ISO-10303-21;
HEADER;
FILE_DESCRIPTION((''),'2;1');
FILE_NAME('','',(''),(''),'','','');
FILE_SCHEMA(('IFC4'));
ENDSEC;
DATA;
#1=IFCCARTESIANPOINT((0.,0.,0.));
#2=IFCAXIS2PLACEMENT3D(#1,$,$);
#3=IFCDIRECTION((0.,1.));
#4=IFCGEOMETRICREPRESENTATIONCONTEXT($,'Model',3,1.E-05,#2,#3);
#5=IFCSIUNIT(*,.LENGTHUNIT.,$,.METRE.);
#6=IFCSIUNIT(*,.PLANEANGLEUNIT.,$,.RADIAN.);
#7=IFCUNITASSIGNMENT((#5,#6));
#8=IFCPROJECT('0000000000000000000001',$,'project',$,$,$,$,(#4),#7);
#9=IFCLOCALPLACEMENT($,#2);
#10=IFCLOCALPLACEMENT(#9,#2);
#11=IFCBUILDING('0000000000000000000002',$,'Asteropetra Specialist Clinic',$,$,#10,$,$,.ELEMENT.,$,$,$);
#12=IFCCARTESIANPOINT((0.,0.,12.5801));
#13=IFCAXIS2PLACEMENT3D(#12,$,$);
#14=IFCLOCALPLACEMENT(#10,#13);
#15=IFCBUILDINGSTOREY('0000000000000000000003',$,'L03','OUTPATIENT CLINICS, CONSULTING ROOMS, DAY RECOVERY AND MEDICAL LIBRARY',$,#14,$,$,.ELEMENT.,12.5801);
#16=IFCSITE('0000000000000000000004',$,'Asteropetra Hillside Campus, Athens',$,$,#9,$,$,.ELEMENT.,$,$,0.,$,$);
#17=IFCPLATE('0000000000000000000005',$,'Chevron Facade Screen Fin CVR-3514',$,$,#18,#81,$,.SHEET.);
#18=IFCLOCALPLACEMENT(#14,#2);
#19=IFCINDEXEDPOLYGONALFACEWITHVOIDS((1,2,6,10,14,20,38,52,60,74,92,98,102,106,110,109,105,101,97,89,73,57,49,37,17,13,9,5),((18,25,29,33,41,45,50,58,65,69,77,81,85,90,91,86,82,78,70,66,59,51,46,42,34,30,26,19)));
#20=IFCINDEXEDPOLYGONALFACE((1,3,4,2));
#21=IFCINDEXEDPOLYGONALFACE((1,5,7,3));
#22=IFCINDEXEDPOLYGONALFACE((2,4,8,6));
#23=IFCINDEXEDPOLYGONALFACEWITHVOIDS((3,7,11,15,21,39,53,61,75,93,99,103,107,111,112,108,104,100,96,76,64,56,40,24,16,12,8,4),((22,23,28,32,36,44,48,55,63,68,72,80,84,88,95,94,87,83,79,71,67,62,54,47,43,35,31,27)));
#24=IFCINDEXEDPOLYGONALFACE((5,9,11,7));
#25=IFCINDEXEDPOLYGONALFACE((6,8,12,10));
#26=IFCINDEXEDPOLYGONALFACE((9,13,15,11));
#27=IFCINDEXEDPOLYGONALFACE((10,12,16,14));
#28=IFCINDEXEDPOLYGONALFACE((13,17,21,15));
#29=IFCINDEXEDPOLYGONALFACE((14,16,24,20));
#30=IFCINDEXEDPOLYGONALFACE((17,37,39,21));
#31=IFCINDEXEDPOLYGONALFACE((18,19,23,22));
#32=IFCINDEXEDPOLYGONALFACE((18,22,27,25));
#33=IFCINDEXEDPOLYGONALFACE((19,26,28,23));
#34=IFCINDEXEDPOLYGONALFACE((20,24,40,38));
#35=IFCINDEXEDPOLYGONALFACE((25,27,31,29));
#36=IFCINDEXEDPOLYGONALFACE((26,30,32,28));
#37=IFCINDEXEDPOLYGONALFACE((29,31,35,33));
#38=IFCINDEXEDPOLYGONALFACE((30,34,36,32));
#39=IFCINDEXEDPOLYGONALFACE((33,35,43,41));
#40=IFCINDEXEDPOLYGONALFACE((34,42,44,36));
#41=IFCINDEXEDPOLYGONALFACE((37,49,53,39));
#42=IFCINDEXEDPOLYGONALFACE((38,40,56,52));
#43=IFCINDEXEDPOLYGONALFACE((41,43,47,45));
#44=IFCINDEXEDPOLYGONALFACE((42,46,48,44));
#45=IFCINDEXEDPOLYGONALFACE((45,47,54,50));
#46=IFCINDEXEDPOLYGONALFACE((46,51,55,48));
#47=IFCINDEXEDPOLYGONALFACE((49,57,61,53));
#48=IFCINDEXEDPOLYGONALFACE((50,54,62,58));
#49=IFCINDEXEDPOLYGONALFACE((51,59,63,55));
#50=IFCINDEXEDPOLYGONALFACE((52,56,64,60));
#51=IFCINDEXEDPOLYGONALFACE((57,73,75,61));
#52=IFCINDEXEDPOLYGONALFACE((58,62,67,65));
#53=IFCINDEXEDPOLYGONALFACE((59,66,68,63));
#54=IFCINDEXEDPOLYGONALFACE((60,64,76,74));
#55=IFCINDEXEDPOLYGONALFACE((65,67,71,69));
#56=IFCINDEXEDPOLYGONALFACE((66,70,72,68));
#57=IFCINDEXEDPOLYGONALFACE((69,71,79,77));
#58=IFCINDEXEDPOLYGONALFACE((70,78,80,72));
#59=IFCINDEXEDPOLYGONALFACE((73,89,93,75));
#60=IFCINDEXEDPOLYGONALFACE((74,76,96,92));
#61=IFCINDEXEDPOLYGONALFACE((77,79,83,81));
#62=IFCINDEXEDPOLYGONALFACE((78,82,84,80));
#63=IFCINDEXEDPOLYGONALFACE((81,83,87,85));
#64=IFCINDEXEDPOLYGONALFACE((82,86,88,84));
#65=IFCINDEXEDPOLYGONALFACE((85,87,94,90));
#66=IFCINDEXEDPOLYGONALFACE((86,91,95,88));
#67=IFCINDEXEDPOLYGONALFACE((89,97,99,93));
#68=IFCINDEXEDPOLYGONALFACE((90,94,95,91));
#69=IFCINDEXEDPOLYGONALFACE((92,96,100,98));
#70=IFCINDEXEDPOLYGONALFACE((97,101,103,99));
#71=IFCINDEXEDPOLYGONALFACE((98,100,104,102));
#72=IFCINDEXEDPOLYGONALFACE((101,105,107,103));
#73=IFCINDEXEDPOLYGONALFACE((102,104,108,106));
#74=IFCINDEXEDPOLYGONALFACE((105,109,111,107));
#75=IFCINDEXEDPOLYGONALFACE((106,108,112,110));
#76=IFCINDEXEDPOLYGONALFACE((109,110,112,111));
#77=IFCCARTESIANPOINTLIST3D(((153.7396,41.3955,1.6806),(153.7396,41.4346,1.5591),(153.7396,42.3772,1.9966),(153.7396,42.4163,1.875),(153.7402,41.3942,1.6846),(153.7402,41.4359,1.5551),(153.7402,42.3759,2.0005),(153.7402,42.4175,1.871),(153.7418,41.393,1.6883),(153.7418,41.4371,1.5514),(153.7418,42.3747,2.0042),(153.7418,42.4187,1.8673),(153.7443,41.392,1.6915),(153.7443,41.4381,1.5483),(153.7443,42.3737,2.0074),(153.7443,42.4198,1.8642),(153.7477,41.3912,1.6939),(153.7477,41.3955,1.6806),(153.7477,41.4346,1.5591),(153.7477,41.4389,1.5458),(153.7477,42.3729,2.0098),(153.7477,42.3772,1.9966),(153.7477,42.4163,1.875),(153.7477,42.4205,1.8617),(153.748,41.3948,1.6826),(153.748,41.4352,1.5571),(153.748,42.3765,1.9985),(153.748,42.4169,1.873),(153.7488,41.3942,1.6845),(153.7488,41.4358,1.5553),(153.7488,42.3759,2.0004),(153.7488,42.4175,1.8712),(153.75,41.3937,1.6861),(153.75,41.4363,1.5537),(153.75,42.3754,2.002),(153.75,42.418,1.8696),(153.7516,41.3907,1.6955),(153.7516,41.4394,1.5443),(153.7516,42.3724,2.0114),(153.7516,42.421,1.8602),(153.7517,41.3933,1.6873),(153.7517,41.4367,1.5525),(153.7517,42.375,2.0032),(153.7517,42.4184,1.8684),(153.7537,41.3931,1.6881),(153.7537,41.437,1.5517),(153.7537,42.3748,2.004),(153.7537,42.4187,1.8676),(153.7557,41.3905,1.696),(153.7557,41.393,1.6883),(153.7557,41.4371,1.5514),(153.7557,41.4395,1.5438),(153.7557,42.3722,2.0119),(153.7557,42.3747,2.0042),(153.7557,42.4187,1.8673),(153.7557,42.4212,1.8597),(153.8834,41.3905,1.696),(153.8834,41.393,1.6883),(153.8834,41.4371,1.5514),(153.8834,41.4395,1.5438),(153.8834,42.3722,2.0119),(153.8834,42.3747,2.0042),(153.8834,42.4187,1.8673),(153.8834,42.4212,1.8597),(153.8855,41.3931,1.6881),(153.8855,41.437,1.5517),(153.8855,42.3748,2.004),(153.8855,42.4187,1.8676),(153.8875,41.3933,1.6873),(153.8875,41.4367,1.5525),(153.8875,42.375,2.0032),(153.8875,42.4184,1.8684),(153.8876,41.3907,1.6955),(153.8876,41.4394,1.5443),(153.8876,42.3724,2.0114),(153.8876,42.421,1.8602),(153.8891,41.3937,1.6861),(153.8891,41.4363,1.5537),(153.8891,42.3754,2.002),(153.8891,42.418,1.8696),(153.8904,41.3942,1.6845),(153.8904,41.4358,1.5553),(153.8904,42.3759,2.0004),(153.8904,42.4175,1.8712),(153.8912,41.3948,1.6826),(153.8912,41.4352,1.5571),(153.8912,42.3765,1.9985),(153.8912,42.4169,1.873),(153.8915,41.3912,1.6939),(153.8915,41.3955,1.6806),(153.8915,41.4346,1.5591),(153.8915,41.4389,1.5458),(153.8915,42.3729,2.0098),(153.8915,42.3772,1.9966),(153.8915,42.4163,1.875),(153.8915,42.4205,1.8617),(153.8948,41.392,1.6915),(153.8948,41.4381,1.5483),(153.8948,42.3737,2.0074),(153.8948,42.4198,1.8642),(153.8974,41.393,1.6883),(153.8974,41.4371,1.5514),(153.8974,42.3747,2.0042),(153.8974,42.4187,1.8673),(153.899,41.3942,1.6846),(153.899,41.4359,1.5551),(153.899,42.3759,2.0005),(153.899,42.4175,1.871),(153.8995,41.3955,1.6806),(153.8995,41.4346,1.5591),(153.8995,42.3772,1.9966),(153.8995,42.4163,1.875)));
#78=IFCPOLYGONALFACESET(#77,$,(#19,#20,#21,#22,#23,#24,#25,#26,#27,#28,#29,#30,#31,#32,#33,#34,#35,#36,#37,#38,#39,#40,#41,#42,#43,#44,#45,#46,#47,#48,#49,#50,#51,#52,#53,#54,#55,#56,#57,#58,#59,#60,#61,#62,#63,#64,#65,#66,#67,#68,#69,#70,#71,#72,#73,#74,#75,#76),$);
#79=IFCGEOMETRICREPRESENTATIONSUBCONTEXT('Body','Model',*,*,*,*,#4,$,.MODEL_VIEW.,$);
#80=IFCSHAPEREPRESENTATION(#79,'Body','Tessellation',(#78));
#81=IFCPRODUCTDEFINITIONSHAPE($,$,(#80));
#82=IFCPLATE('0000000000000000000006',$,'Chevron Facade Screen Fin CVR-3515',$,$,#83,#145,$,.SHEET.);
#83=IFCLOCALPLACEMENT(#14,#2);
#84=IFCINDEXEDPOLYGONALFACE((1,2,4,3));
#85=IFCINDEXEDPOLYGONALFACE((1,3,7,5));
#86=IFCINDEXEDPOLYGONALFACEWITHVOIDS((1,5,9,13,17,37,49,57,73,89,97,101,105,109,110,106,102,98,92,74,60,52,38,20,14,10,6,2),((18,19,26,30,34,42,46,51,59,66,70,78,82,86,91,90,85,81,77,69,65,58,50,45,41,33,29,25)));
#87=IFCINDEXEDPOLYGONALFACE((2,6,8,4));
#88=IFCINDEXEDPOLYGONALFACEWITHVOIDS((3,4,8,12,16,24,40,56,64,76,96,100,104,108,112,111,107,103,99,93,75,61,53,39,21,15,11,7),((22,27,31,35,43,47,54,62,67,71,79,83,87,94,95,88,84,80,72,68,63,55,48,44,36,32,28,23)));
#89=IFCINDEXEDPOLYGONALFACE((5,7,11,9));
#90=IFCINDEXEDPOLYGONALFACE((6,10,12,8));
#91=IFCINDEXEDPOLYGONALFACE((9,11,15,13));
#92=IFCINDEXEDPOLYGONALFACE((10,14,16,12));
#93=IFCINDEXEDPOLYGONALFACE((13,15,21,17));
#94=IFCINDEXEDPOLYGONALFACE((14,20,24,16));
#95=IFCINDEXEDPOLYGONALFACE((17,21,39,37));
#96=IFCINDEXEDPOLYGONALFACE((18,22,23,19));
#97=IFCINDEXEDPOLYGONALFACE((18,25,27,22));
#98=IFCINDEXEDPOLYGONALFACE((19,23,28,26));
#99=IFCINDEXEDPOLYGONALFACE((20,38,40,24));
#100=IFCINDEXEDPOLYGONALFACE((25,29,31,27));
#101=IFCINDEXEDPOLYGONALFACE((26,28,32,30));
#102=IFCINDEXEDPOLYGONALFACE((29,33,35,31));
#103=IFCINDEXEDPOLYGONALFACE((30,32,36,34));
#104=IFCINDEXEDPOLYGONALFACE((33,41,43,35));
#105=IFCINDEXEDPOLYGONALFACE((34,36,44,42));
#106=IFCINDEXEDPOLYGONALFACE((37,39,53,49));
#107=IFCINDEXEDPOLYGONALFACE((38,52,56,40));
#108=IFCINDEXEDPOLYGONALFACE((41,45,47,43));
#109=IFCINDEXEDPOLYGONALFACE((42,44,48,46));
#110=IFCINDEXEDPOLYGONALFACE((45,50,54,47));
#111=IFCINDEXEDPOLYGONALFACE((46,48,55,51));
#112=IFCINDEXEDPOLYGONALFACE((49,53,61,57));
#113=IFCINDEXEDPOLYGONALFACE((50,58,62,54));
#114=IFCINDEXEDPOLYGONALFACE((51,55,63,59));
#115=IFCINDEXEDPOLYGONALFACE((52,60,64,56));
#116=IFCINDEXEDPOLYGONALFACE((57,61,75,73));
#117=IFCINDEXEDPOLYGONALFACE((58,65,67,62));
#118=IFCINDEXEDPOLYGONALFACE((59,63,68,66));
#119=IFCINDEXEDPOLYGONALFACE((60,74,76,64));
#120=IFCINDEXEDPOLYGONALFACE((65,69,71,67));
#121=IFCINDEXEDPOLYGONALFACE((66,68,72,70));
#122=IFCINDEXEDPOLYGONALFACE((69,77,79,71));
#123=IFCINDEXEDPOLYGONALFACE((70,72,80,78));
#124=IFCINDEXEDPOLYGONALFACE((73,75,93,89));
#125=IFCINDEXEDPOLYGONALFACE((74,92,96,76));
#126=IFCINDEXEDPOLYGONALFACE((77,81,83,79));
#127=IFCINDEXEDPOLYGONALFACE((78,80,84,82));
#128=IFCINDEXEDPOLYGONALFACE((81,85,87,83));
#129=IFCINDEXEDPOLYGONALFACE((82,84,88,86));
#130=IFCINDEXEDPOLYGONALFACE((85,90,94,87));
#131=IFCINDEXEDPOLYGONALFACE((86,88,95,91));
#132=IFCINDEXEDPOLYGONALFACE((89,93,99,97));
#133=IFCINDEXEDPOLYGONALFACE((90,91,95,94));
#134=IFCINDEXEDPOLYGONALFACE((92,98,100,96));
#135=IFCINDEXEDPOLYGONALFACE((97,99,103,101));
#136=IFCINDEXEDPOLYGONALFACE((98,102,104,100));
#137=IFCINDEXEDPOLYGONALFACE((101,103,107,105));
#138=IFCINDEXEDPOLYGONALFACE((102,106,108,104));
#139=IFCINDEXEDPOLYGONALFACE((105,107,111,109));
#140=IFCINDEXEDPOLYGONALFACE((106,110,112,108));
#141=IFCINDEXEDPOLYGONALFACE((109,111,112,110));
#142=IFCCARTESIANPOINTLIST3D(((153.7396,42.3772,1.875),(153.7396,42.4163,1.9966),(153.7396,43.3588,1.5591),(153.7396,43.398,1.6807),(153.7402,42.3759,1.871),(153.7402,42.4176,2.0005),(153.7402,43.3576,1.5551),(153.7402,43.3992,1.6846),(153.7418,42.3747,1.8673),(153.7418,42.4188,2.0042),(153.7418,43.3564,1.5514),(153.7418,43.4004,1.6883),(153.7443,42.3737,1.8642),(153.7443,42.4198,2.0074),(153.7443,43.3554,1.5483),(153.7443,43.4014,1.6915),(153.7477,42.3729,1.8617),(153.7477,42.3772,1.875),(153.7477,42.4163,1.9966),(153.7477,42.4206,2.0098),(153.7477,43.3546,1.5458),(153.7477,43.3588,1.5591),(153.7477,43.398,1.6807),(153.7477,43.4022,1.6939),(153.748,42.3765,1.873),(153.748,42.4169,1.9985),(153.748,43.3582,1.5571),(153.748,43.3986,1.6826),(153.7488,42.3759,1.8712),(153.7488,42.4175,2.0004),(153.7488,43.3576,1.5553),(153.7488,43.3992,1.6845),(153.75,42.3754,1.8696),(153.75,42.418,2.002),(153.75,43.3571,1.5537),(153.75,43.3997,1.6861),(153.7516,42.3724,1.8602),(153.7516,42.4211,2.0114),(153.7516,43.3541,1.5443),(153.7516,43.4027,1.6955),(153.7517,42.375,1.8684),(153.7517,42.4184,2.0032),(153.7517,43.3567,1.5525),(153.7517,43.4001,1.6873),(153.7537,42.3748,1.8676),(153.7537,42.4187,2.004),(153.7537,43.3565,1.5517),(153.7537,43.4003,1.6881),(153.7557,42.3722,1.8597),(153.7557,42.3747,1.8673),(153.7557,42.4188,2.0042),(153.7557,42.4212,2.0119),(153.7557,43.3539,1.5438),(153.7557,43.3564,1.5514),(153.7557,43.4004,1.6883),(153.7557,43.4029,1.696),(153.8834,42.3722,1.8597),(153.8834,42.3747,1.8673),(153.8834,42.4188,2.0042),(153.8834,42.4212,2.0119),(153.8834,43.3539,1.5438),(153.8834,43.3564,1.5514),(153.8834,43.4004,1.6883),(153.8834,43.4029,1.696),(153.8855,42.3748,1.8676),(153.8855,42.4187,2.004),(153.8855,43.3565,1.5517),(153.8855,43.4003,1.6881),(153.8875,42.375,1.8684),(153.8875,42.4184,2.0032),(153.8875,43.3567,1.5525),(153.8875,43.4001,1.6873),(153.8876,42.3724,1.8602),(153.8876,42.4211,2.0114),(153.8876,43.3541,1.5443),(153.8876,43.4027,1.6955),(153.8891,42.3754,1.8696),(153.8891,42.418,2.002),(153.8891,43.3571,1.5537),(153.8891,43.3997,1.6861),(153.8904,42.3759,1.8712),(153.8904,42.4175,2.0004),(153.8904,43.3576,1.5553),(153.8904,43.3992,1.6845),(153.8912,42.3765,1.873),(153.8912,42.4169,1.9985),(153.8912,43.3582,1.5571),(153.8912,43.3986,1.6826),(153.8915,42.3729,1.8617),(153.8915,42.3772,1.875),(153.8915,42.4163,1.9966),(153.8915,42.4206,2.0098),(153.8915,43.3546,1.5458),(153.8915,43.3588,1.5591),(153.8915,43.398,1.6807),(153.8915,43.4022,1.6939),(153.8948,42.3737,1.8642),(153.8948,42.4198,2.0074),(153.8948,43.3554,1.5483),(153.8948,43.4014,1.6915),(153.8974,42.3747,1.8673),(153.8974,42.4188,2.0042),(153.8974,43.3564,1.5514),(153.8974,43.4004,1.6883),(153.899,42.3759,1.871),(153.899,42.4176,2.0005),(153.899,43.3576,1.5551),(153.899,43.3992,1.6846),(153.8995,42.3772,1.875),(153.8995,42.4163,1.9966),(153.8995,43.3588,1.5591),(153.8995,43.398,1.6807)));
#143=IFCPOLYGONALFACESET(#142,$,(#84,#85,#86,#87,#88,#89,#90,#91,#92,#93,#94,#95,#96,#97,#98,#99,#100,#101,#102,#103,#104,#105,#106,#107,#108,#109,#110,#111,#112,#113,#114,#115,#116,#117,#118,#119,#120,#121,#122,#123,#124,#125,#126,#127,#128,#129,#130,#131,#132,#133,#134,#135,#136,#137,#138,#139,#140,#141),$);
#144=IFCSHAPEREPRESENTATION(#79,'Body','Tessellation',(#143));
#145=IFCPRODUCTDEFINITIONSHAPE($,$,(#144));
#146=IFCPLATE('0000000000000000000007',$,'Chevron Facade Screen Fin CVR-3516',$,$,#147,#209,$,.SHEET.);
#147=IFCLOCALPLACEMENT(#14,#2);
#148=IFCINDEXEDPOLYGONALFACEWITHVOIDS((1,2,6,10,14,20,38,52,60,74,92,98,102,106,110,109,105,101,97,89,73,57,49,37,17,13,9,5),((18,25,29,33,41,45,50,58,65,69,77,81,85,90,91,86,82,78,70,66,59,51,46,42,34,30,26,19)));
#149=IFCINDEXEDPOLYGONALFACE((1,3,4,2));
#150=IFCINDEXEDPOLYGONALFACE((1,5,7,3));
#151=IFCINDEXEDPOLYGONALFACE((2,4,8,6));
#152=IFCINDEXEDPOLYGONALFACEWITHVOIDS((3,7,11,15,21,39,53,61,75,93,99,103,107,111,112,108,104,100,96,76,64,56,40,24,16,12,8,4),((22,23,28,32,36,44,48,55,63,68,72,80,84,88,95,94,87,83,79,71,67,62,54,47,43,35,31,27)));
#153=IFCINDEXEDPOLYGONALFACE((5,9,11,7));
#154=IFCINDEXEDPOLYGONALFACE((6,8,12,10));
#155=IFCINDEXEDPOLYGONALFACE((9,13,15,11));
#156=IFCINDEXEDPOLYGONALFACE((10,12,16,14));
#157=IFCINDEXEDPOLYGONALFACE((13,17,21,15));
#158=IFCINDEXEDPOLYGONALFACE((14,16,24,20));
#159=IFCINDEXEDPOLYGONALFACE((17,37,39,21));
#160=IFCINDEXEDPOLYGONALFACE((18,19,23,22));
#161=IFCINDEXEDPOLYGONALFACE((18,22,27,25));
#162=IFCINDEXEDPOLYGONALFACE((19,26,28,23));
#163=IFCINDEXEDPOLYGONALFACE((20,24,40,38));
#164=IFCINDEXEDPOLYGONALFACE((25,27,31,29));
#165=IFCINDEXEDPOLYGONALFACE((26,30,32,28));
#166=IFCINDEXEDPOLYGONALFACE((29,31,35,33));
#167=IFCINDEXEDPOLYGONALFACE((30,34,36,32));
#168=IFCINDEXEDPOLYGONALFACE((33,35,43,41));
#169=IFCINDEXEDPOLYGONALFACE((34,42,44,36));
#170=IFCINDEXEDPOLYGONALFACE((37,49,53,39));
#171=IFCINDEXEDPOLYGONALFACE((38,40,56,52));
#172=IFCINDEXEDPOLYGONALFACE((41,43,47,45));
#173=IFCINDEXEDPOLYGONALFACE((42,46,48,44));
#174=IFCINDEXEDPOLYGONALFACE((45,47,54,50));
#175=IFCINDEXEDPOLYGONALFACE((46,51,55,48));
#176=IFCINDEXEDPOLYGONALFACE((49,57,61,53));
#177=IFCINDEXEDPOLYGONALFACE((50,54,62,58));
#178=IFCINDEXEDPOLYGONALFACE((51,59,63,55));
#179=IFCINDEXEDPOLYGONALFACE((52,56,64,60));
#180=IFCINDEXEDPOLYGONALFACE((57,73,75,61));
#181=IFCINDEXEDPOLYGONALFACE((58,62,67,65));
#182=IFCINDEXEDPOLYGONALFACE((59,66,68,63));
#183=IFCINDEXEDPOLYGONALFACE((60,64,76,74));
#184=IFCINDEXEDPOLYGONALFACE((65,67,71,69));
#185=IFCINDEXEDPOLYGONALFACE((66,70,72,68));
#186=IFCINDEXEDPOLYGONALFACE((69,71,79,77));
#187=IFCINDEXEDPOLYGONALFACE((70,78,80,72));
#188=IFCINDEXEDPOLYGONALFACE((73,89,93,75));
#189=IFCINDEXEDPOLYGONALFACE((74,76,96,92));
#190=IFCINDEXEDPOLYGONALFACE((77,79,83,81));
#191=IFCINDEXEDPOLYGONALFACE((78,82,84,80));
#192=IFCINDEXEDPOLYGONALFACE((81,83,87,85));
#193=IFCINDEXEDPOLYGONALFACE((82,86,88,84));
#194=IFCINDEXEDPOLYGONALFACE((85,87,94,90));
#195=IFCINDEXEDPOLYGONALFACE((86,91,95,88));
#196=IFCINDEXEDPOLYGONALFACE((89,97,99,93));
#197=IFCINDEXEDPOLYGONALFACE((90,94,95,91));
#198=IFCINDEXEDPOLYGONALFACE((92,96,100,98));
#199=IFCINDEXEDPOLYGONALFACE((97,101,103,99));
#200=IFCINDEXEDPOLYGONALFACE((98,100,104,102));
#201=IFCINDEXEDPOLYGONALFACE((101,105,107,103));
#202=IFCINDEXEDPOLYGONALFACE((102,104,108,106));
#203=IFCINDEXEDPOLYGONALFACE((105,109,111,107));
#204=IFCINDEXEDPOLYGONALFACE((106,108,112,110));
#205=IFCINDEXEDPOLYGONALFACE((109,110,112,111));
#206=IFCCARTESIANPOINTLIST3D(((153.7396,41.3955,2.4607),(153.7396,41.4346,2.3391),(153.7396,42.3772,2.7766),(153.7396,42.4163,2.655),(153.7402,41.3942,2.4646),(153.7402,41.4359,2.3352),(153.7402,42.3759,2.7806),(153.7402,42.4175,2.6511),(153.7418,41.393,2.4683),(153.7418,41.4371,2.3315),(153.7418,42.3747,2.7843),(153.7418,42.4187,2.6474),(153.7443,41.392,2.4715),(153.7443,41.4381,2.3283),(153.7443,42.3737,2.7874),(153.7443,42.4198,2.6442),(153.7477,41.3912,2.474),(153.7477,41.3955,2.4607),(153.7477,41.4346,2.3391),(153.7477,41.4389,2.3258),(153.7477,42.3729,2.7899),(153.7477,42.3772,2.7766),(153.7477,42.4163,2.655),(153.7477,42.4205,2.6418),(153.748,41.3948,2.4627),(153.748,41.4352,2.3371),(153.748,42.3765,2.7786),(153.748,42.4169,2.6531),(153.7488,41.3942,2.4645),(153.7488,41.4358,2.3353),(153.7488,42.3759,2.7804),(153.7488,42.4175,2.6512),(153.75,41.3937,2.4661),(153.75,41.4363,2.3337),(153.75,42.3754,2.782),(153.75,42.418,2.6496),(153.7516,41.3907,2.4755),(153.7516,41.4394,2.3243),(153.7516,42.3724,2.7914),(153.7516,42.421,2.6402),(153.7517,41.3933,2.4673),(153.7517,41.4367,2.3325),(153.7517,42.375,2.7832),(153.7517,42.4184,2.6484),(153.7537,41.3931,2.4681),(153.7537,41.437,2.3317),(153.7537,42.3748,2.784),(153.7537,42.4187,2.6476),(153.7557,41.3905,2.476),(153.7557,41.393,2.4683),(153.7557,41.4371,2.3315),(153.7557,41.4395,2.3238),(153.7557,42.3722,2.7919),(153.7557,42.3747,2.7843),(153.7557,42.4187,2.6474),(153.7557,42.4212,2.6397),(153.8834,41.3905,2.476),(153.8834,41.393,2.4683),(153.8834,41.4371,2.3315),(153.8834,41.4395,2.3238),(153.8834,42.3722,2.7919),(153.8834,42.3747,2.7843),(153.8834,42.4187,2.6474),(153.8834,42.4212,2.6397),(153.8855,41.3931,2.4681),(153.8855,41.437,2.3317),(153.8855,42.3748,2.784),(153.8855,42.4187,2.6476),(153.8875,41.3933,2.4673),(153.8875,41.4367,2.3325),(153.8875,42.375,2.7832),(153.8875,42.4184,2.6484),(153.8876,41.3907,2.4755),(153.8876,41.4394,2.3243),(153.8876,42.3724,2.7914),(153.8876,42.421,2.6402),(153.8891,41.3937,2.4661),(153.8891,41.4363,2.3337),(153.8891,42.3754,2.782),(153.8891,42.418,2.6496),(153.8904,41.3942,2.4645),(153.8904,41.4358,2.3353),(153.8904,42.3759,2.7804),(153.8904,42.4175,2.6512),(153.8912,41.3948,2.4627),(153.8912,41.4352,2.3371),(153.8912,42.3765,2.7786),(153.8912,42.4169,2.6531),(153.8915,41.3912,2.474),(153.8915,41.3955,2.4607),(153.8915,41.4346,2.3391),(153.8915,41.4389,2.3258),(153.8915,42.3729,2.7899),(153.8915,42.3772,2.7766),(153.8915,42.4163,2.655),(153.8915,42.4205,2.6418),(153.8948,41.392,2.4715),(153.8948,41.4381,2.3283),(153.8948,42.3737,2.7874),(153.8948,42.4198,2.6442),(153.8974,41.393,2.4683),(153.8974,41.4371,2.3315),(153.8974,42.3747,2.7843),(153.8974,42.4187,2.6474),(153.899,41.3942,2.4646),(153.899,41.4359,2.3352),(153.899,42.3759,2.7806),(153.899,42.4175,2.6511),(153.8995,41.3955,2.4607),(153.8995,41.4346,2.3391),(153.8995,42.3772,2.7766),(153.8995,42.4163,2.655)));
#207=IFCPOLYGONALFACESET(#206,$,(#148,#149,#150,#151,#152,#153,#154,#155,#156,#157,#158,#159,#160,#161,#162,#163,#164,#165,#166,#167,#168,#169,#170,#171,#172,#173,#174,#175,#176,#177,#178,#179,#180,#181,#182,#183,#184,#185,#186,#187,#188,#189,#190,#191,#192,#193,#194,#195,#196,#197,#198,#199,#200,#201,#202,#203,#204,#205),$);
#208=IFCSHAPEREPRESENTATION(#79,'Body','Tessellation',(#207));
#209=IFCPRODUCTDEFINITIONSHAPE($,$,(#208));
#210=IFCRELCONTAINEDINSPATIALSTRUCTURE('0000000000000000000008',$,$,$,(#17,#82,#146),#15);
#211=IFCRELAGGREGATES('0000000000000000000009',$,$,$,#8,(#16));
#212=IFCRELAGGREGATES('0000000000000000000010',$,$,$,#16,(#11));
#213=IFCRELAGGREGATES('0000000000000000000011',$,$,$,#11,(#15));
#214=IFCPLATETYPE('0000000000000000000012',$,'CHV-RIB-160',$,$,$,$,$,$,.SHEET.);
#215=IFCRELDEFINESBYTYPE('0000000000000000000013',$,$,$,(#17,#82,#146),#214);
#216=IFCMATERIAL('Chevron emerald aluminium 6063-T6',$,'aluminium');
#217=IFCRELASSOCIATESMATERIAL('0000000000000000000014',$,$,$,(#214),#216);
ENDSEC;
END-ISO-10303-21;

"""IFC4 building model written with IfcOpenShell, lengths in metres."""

from ifc_helpers import new_model, si_unit, direction, frame, origin, origin_2d, place, context, subcontext, project, spatial, hollow_rectangle, extrude, material, material_profile, profile_set, type_object, element, save


model = new_model("IFC4")

# Units and contexts
model_context = context("Model", 3, precision=1e-05, world=origin(), true_north=direction((0.0, 1.0)))
body_context = subcontext(model_context, "Body", "Model", "MODEL_VIEW")
ifc_project = project(units=[si_unit("LENGTHUNIT", "METRE"), si_unit("PLANEANGLEUNIT", "RADIAN")], contexts=[model_context])

# Site, building, storey
site_placement = place(None, origin())
site = spatial("IfcSite", under=ifc_project, at=site_placement, Name="Asteropetra Hillside Campus, Athens", CompositionType="ELEMENT", RefElevation=0.0)
building_placement = place(site_placement, origin())
building = spatial("IfcBuilding", under=site, at=building_placement, Name="Asteropetra Specialist Clinic", CompositionType="ELEMENT")
storey_placement = place(building_placement, frame((0.0, 0.0, 12.5801)))
storey = spatial("IfcBuildingStorey", under=building, at=storey_placement, Name="L03", Description="OUTPATIENT CLINICS, CONSULTING ROOMS, DAY RECOVERY AND MEDICAL LIBRARY", CompositionType="ELEMENT", Elevation=12.5801)

# Plates
ifc_material_1 = material(Name="Chevron emerald aluminium 6063-T6", Category="aluminium")
ifc_material_profile_1 = material_profile(ifc_material_1, hollow_rectangle(XDim=0.1599, YDim=0.1599, WallThickness=0.0081, InnerFilletRadius=0.0081, OuterFilletRadius=0.0161, at=origin_2d()), Name="SHS 160x160x8.0")
ifc_profile_set_1 = profile_set([ifc_material_profile_1], Name="Chevron emerald aluminium 6063-T6")
plate_type_1 = type_object("IfcPlateType", Name="CHV-RIB-160", PredefinedType="SHEET", material=ifc_profile_set_1)
for number, where, z_axis, x_axis, name in (
    (1, (153.8196, 41.415, 1.6199), (0.0, 0.951923, 0.306339), (-1.0, 0.0, 0.0), "Chevron Facade Screen Fin CVR-3514"),
    (2, (153.8196, 42.3967, 1.9358), (0.0, 0.951923, -0.306339), (-1.0, 0.0, 0.0), "Chevron Facade Screen Fin CVR-3515"),
    (3, (153.8196, 41.415, 2.3999), (0.0, 0.951923, 0.306339), (-1.0, 0.0, 0.0), "Chevron Facade Screen Fin CVR-3516"),
):
    element("IfcPlate", number, at=place(storey_placement, frame(where, z_axis=z_axis, x_axis=x_axis)), inside=storey, type_object=plate_type_1, Name=name, PredefinedType="SHEET", context=body_context, shape_type="SweptSolid", body=[
        extrude(hollow_rectangle(XDim=0.1599, YDim=0.1599, WallThickness=0.0081, InnerFilletRadius=0.0081, OuterFilletRadius=0.0161, at=origin_2d()), origin(), (0.0, 0.0, 1.0), 1.0312),
    ])

save(model, "model.ifc")
